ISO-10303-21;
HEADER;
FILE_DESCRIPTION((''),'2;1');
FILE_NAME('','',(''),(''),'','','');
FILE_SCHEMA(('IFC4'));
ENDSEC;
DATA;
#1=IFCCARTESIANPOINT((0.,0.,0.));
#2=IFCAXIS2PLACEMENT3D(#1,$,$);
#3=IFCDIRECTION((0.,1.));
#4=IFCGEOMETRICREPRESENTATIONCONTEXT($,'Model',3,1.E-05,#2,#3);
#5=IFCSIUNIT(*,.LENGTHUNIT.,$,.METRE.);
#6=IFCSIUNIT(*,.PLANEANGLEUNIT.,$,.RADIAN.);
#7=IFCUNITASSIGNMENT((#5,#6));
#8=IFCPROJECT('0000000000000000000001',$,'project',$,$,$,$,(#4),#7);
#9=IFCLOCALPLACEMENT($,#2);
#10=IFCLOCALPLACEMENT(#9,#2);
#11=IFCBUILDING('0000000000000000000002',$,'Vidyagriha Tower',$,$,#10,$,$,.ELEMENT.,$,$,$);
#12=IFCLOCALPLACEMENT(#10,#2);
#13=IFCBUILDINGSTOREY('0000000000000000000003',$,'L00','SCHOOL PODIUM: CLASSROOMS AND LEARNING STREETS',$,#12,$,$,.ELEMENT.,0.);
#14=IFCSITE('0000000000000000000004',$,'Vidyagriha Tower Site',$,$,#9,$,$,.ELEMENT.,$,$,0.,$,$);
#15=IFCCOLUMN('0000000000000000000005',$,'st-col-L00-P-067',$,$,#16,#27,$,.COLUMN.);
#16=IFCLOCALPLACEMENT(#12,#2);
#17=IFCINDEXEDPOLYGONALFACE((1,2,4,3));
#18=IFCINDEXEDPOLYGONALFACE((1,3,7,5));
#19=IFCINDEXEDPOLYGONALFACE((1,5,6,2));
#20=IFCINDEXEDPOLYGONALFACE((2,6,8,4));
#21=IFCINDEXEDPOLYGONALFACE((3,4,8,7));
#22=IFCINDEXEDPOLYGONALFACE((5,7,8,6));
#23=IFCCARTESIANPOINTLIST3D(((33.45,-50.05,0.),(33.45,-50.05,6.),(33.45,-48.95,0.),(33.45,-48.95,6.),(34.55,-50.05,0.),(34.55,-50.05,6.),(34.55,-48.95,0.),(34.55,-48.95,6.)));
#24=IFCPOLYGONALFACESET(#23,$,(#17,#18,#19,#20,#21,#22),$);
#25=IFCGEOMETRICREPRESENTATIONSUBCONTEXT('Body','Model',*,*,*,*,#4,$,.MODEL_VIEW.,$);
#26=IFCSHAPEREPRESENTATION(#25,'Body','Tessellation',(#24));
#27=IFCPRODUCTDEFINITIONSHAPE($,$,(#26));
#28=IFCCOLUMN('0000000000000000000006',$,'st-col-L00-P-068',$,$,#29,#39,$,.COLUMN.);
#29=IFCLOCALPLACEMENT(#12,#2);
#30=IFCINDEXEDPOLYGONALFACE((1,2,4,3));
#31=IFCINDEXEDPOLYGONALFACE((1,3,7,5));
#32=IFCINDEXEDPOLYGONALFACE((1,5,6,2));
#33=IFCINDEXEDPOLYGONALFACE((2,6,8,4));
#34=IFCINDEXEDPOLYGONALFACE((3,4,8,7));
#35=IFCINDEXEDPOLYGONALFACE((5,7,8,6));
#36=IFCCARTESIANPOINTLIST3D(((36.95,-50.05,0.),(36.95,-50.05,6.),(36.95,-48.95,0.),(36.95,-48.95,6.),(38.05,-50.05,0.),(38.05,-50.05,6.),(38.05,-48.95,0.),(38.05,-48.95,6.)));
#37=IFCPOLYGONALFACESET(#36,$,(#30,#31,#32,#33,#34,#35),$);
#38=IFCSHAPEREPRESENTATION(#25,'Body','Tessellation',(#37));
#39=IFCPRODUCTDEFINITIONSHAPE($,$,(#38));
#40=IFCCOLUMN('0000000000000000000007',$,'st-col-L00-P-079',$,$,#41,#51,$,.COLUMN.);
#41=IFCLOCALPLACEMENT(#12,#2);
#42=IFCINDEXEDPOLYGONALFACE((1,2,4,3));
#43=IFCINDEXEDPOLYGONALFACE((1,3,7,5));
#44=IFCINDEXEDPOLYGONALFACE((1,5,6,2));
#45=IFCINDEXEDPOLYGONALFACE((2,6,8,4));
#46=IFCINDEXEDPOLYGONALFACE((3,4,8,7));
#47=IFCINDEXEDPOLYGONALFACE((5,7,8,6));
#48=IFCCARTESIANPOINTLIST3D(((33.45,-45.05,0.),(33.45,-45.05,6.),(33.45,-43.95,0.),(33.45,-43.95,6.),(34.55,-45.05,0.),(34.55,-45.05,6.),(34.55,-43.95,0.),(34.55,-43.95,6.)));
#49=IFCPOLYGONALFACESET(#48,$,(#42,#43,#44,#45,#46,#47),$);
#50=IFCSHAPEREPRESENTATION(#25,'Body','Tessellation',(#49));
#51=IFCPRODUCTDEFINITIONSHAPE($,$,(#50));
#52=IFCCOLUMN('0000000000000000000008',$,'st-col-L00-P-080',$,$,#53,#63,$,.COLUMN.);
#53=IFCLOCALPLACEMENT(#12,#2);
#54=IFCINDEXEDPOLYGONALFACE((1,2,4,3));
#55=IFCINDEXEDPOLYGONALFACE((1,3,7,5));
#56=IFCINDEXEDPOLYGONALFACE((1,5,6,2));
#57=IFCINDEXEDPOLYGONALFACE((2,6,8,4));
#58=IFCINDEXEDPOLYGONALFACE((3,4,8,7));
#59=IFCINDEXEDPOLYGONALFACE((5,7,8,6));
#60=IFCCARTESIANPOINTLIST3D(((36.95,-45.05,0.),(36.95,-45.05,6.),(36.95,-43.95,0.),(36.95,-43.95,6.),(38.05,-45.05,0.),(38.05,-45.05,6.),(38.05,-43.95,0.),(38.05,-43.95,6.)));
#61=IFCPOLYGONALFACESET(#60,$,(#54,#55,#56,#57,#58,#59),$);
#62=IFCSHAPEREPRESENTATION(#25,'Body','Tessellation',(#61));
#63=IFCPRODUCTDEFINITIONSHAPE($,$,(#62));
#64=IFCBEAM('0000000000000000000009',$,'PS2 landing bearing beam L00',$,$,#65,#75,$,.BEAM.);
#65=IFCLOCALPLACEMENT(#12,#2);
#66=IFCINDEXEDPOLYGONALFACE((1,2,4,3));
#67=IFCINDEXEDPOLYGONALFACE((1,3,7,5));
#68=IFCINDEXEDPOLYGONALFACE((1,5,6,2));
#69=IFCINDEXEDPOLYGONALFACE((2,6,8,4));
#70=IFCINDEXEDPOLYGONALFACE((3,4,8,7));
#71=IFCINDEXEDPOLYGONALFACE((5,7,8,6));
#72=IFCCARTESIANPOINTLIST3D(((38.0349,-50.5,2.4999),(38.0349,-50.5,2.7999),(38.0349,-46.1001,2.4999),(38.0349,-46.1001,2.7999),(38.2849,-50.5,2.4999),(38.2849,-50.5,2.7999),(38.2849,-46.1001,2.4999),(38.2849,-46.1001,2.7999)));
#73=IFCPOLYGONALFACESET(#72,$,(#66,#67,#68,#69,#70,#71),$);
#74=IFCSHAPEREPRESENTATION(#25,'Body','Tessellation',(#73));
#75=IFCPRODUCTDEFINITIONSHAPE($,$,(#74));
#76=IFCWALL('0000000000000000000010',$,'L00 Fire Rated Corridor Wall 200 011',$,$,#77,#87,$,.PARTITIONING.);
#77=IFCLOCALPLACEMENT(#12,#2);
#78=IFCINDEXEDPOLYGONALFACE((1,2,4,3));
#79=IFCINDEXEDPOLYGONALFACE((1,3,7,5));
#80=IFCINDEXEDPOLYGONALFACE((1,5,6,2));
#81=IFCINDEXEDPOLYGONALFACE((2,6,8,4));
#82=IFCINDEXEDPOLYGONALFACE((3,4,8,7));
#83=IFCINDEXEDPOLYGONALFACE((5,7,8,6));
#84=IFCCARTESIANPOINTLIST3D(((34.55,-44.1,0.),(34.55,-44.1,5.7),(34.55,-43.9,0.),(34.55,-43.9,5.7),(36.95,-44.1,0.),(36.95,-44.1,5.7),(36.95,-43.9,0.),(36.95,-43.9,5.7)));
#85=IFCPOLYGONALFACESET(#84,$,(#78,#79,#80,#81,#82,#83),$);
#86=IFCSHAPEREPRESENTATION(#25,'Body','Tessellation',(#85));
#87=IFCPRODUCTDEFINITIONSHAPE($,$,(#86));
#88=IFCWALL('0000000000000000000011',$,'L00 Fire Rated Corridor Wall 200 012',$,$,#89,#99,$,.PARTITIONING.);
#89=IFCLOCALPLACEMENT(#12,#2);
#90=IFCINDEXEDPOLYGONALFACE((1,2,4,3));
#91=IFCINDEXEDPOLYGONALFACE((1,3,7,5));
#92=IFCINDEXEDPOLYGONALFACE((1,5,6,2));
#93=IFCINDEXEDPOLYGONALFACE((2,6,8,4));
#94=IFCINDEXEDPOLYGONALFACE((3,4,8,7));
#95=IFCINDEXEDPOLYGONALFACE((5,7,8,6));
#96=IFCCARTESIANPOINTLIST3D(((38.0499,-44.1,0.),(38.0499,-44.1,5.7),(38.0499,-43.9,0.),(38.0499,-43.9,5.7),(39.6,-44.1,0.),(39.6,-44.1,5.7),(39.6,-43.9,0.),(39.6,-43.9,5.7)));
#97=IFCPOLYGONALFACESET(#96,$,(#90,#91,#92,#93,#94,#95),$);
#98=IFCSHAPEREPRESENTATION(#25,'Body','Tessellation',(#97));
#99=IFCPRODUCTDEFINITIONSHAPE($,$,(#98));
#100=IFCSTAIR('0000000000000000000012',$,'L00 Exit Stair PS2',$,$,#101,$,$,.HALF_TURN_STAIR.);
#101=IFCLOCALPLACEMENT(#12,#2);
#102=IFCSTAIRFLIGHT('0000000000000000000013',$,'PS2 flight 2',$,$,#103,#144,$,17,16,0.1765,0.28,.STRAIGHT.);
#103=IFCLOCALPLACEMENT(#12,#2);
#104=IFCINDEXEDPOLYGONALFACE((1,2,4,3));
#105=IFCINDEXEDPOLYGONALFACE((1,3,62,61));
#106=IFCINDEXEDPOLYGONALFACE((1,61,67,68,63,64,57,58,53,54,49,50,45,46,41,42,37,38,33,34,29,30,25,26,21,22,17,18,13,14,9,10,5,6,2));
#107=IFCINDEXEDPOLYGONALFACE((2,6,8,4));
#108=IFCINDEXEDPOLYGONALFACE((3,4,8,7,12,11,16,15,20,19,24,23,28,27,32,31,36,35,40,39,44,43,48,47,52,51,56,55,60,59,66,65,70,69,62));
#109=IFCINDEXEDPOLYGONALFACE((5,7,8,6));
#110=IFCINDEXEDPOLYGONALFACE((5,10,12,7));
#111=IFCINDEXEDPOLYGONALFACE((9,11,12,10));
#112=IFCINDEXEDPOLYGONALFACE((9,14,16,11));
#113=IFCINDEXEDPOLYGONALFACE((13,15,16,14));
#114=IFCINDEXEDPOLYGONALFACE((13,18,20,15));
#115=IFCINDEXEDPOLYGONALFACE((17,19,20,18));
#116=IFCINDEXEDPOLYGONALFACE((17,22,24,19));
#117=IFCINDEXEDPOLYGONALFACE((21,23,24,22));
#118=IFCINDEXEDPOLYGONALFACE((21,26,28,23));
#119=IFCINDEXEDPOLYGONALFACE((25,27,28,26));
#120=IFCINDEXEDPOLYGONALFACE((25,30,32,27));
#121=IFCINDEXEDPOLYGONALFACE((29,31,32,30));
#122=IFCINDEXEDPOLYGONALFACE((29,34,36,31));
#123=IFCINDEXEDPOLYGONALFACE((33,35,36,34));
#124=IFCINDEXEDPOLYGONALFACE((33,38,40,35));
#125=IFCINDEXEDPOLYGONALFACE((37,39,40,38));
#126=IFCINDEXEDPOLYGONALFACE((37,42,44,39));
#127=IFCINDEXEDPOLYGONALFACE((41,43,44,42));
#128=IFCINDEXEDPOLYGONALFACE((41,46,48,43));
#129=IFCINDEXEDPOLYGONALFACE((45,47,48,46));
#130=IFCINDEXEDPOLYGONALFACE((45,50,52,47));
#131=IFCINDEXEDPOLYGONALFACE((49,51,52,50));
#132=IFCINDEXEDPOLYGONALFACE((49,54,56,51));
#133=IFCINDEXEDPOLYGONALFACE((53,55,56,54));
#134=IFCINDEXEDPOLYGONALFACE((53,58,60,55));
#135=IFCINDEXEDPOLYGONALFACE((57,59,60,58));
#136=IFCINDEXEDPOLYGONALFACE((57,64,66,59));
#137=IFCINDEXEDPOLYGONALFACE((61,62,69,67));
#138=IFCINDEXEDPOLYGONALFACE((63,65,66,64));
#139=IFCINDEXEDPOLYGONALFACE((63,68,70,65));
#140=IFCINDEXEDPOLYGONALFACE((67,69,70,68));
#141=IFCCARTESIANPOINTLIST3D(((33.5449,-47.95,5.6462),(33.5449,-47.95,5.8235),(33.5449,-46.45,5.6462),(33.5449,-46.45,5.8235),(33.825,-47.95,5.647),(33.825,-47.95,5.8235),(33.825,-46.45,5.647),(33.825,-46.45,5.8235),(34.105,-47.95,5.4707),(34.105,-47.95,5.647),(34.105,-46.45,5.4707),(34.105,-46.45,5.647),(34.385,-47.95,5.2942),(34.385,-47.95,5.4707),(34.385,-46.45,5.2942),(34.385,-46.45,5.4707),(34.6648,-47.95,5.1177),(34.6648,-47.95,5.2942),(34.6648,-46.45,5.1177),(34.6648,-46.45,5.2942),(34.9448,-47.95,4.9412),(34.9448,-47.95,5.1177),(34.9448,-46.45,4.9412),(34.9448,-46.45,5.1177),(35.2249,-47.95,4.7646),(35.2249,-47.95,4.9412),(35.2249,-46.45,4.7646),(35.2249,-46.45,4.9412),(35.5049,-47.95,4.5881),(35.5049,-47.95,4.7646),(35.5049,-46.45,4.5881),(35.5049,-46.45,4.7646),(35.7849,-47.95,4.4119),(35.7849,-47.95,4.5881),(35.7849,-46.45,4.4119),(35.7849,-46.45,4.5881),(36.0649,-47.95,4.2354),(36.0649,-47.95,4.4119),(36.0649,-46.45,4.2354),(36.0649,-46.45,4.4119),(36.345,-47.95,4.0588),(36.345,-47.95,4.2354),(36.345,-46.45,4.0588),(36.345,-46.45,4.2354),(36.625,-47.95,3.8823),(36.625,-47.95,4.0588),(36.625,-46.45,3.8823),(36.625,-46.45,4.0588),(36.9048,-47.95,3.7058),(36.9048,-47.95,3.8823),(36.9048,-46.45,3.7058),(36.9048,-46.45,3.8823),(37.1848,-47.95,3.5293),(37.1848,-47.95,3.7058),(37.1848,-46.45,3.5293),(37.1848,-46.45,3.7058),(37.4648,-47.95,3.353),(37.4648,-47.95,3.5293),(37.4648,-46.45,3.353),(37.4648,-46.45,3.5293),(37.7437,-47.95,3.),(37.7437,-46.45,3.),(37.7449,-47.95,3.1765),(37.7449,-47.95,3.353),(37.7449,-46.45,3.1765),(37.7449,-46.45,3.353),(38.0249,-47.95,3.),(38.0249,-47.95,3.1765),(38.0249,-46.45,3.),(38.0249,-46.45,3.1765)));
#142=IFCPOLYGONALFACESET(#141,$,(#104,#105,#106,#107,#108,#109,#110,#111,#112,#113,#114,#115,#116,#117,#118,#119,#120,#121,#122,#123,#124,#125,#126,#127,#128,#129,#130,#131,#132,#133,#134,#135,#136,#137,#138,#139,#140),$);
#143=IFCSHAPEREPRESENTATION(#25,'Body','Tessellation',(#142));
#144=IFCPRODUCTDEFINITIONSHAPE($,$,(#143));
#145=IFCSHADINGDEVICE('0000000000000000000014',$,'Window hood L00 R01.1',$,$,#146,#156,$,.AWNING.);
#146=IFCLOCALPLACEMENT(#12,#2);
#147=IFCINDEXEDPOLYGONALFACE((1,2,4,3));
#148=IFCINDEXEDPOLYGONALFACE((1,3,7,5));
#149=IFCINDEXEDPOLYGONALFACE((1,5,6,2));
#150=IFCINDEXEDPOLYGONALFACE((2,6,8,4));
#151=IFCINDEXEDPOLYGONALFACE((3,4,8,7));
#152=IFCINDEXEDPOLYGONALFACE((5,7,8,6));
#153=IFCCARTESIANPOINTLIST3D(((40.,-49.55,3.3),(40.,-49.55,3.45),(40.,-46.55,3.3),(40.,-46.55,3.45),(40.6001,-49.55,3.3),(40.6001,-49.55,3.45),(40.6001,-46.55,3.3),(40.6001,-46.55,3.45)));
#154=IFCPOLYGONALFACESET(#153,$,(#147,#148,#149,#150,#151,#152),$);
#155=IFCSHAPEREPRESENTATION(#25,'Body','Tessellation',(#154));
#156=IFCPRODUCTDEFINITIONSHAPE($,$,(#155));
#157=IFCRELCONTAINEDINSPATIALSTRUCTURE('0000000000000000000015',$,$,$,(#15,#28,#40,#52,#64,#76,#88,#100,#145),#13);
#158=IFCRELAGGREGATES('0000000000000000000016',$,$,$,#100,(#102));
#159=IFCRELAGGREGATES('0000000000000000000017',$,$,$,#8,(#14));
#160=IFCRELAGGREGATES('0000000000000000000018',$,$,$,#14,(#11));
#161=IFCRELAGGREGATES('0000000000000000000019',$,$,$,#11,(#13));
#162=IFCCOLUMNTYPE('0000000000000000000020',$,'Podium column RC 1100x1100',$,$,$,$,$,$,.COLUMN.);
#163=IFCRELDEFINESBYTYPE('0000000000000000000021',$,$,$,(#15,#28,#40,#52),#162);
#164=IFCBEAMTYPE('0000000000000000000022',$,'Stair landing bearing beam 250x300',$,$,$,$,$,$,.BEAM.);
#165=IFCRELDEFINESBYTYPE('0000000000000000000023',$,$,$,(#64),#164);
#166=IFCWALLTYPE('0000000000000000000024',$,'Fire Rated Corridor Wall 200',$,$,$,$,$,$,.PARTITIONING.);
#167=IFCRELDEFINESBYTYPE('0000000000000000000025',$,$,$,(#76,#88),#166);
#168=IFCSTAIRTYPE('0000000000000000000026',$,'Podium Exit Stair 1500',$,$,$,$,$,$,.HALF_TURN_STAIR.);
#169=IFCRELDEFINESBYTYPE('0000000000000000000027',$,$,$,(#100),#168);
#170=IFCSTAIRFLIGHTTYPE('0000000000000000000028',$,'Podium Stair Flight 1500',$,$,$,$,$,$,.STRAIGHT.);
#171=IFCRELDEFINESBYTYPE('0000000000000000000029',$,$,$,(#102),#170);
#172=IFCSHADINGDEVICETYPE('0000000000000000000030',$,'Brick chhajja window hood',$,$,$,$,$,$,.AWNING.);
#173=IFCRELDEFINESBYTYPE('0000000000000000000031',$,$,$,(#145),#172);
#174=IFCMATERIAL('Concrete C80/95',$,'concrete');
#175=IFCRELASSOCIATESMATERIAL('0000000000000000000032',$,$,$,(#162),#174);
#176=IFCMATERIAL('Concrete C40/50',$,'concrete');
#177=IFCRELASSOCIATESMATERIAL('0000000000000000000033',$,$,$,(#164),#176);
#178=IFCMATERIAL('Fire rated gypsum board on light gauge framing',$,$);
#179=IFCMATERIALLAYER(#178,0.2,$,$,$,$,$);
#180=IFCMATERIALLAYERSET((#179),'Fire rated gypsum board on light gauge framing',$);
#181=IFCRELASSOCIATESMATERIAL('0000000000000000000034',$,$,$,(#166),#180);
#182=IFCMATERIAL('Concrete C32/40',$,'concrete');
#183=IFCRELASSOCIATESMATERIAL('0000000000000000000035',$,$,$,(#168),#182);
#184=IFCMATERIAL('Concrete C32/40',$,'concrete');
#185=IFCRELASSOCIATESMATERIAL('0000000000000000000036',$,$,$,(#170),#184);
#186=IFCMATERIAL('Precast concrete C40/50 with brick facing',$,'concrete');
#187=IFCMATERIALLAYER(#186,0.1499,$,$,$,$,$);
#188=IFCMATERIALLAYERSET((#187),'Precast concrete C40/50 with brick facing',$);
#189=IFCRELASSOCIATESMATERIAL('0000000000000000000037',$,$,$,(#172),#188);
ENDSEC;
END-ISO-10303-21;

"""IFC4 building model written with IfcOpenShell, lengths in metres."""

from ifc_helpers import new_model, si_unit, direction, frame, frame_2d, origin, origin_2d, place, context, subcontext, project, spatial, polyline, rectangle, outline, extrude, material, layer, layer_set, material_profile, profile_set, type_object, element, aggregate, save


model = new_model("IFC4")

# Units and contexts
model_context = context("Model", 3, precision=1e-05, world=origin(), true_north=direction((0.0, 1.0)))
body_context = subcontext(model_context, "Body", "Model", "MODEL_VIEW")
ifc_project = project(units=[si_unit("LENGTHUNIT", "METRE"), si_unit("PLANEANGLEUNIT", "RADIAN")], contexts=[model_context])

# Site, building, storey
site_placement = place(None, origin())
site = spatial("IfcSite", under=ifc_project, at=site_placement, Name="Vidyagriha Tower Site", CompositionType="ELEMENT", RefElevation=0.0)
building_placement = place(site_placement, origin())
building = spatial("IfcBuilding", under=site, at=building_placement, Name="Vidyagriha Tower", CompositionType="ELEMENT")
storey_placement = place(building_placement, origin())
storey = spatial("IfcBuildingStorey", under=building, at=storey_placement, Name="L00", Description="SCHOOL PODIUM: CLASSROOMS AND LEARNING STREETS", CompositionType="ELEMENT", Elevation=0.0)

# Columns
ifc_material_1 = material(Name="Concrete C80/95", Category="concrete")
ifc_material_profile_1 = material_profile(ifc_material_1, rectangle(XDim=1.1001, YDim=1.1001, at=origin_2d()), Name="RC 1100x1100")
ifc_profile_set_1 = profile_set([ifc_material_profile_1], Name="Concrete C80/95")
column_type = type_object("IfcColumnType", Name="Podium column RC 1100x1100", PredefinedType="COLUMN", material=ifc_profile_set_1)
for number, where, name in (
    (1, (34.0, -49.5, 0.0), "st-col-L00-P-067"),
    (2, (37.5, -49.5, 0.0), "st-col-L00-P-068"),
    (3, (34.0, -44.5, 0.0), "st-col-L00-P-079"),
    (4, (37.5, -44.5, 0.0), "st-col-L00-P-080"),
):
    element("IfcColumn", number, at=place(storey_placement, frame(where)), inside=storey, type_object=column_type, Name=name, PredefinedType="COLUMN", context=body_context, shape_type="SweptSolid", body=[
        extrude(rectangle(XDim=1.1001, YDim=1.1001, at=origin_2d()), origin(), (0.0, 0.0, 1.0), 6.0),
    ])

# Beam
ifc_material_2 = material(Name="Concrete C40/50", Category="concrete")
ifc_material_profile_2 = material_profile(ifc_material_2, rectangle(XDim=0.25, YDim=0.3, at=origin_2d()), Name="Stair landing bearing beam 250x300")
ifc_profile_set_2 = profile_set([ifc_material_profile_2], Name="Concrete C40/50")
beam_type = type_object("IfcBeamType", Name="Stair landing bearing beam 250x300", PredefinedType="BEAM", material=ifc_profile_set_2)
beam_placement = place(storey_placement, frame((38.1599, -50.5, 2.6499), z_axis=(0.0, 1.0, 0.0), x_axis=(-1.0, 0.0, 0.0)))
element("IfcBeam", 5, at=beam_placement, inside=storey, type_object=beam_type, Name="PS2 landing bearing beam L00", PredefinedType="BEAM", context=body_context, shape_type="SweptSolid", body=[
    extrude(rectangle(XDim=0.25, YDim=0.3, at=origin_2d()), origin(), (0.0, 0.0, 1.0), 4.3999),
])

# Walls
ifc_material_3 = material(Name="Fire rated gypsum board on light gauge framing")
ifc_layer_1 = layer(ifc_material_3, 0.2)
ifc_layer_set_1 = layer_set([ifc_layer_1], Name="Fire rated gypsum board on light gauge framing")
wall_type_1 = type_object("IfcWallType", Name="Fire Rated Corridor Wall 200", PredefinedType="PARTITIONING", material=ifc_layer_set_1)
wall_1_placement = place(storey_placement, frame((34.55, -44.0, 0.0)))
element("IfcWall", 6, at=wall_1_placement, inside=storey, type_object=wall_type_1, Name="L00 Fire Rated Corridor Wall 200 011", PredefinedType="PARTITIONING", context=body_context, shape_type="SweptSolid", body=[
    extrude(rectangle(XDim=2.3999, YDim=0.2, at=frame_2d((1.2, 0.0))), origin(), (0.0, 0.0, 1.0), 5.7),
])
wall_2_placement = place(storey_placement, frame((38.05, -44.0, 0.0)))
element("IfcWall", 7, at=wall_2_placement, inside=storey, type_object=wall_type_1, Name="L00 Fire Rated Corridor Wall 200 012", PredefinedType="PARTITIONING", context=body_context, shape_type="SweptSolid", body=[
    extrude(rectangle(XDim=1.55, YDim=0.2, at=frame_2d((0.7749, 0.0))), origin(), (0.0, 0.0, 1.0), 5.7),
])

# Stair, stair flight
ifc_material_4 = material(Name="Concrete C32/40", Category="concrete")
stair_type = type_object("IfcStairType", Name="Podium Exit Stair 1500", PredefinedType="HALF_TURN_STAIR", material=ifc_material_4)
stair_placement = place(storey_placement, origin())
stair = element("IfcStair", 8, at=stair_placement, inside=storey, type_object=stair_type, Name="L00 Exit Stair PS2", PredefinedType="HALF_TURN_STAIR")
ifc_material_5 = material(Name="Concrete C32/40", Category="concrete")
stair_flight_type = type_object("IfcStairFlightType", Name="Podium Stair Flight 1500", PredefinedType="STRAIGHT", material=ifc_material_5)
stair_flight_placement = place(storey_placement, frame((38.0249, -47.2, 3.0), z_axis=(0.0, 0.0, 1.0), x_axis=(-1.0, 0.0, 0.0)))
stair_flight = element("IfcStairFlight", 9, at=stair_flight_placement, type_object=stair_flight_type, Name="PS2 flight 2", NumberOfRisers=17, NumberOfTreads=16, PredefinedType="STRAIGHT", RiserHeight=0.1765, TreadLength=0.28, context=body_context, shape_type="SweptSolid", body=[
    extrude(outline(polyline([(0.0, 0.0), (0.0, 0.1765), (0.28, 0.1765), (0.28, 0.353), (0.5601, 0.353), (0.5601, 0.5293), (0.8401, 0.5293), (0.8401, 0.7058), (1.1201, 0.7058), (1.1201, 0.8823), (1.3999, 0.8823), (1.3999, 1.0588), (1.6799, 1.0588), (1.6799, 1.2354), (1.96, 1.2354), (1.96, 1.4119), (2.24, 1.4119), (2.24, 1.5881), (2.52, 1.5881), (2.52, 1.7646), (2.8, 1.7646), (2.8, 1.9412), (3.0801, 1.9412), (3.0801, 2.1177), (3.3601, 2.1177), (3.3601, 2.2942), (3.6399, 2.2942), (3.6399, 2.4707), (3.9199, 2.4707), (3.9199, 2.647), (4.2, 2.647), (4.2, 2.8235), (4.48, 2.8235), (4.48, 3.0), (4.48, 2.6462), (0.2812, 0.0), (0.0, 0.0)])), frame((0.0, 0.75, 0.0), z_axis=(0.0, -1.0, 0.0), x_axis=(1.0, 0.0, 0.0)), (0.0, 0.0, 1.0), 1.5),
])
aggregate(stair, [stair_flight])

# Shading device
ifc_material_6 = material(Name="Precast concrete C40/50 with brick facing", Category="concrete")
ifc_layer_2 = layer(ifc_material_6, 0.1499)
ifc_layer_set_2 = layer_set([ifc_layer_2], Name="Precast concrete C40/50 with brick facing")
shading_device_type = type_object("IfcShadingDeviceType", Name="Brick chhajja window hood", PredefinedType="AWNING", material=ifc_layer_set_2)
shading_device_placement = place(storey_placement, frame((40.3, -48.05, 3.3), z_axis=(0.0, 0.0, 1.0), x_axis=(0.0, 1.0, 0.0)))
element("IfcShadingDevice", 10, at=shading_device_placement, inside=storey, type_object=shading_device_type, Name="Window hood L00 R01.1", PredefinedType="AWNING", context=body_context, shape_type="SweptSolid", body=[
    extrude(rectangle(XDim=3.0, YDim=0.6001, at=origin_2d()), origin(), (0.0, 0.0, 1.0), 0.1499),
])

save(model, "model.ifc")
